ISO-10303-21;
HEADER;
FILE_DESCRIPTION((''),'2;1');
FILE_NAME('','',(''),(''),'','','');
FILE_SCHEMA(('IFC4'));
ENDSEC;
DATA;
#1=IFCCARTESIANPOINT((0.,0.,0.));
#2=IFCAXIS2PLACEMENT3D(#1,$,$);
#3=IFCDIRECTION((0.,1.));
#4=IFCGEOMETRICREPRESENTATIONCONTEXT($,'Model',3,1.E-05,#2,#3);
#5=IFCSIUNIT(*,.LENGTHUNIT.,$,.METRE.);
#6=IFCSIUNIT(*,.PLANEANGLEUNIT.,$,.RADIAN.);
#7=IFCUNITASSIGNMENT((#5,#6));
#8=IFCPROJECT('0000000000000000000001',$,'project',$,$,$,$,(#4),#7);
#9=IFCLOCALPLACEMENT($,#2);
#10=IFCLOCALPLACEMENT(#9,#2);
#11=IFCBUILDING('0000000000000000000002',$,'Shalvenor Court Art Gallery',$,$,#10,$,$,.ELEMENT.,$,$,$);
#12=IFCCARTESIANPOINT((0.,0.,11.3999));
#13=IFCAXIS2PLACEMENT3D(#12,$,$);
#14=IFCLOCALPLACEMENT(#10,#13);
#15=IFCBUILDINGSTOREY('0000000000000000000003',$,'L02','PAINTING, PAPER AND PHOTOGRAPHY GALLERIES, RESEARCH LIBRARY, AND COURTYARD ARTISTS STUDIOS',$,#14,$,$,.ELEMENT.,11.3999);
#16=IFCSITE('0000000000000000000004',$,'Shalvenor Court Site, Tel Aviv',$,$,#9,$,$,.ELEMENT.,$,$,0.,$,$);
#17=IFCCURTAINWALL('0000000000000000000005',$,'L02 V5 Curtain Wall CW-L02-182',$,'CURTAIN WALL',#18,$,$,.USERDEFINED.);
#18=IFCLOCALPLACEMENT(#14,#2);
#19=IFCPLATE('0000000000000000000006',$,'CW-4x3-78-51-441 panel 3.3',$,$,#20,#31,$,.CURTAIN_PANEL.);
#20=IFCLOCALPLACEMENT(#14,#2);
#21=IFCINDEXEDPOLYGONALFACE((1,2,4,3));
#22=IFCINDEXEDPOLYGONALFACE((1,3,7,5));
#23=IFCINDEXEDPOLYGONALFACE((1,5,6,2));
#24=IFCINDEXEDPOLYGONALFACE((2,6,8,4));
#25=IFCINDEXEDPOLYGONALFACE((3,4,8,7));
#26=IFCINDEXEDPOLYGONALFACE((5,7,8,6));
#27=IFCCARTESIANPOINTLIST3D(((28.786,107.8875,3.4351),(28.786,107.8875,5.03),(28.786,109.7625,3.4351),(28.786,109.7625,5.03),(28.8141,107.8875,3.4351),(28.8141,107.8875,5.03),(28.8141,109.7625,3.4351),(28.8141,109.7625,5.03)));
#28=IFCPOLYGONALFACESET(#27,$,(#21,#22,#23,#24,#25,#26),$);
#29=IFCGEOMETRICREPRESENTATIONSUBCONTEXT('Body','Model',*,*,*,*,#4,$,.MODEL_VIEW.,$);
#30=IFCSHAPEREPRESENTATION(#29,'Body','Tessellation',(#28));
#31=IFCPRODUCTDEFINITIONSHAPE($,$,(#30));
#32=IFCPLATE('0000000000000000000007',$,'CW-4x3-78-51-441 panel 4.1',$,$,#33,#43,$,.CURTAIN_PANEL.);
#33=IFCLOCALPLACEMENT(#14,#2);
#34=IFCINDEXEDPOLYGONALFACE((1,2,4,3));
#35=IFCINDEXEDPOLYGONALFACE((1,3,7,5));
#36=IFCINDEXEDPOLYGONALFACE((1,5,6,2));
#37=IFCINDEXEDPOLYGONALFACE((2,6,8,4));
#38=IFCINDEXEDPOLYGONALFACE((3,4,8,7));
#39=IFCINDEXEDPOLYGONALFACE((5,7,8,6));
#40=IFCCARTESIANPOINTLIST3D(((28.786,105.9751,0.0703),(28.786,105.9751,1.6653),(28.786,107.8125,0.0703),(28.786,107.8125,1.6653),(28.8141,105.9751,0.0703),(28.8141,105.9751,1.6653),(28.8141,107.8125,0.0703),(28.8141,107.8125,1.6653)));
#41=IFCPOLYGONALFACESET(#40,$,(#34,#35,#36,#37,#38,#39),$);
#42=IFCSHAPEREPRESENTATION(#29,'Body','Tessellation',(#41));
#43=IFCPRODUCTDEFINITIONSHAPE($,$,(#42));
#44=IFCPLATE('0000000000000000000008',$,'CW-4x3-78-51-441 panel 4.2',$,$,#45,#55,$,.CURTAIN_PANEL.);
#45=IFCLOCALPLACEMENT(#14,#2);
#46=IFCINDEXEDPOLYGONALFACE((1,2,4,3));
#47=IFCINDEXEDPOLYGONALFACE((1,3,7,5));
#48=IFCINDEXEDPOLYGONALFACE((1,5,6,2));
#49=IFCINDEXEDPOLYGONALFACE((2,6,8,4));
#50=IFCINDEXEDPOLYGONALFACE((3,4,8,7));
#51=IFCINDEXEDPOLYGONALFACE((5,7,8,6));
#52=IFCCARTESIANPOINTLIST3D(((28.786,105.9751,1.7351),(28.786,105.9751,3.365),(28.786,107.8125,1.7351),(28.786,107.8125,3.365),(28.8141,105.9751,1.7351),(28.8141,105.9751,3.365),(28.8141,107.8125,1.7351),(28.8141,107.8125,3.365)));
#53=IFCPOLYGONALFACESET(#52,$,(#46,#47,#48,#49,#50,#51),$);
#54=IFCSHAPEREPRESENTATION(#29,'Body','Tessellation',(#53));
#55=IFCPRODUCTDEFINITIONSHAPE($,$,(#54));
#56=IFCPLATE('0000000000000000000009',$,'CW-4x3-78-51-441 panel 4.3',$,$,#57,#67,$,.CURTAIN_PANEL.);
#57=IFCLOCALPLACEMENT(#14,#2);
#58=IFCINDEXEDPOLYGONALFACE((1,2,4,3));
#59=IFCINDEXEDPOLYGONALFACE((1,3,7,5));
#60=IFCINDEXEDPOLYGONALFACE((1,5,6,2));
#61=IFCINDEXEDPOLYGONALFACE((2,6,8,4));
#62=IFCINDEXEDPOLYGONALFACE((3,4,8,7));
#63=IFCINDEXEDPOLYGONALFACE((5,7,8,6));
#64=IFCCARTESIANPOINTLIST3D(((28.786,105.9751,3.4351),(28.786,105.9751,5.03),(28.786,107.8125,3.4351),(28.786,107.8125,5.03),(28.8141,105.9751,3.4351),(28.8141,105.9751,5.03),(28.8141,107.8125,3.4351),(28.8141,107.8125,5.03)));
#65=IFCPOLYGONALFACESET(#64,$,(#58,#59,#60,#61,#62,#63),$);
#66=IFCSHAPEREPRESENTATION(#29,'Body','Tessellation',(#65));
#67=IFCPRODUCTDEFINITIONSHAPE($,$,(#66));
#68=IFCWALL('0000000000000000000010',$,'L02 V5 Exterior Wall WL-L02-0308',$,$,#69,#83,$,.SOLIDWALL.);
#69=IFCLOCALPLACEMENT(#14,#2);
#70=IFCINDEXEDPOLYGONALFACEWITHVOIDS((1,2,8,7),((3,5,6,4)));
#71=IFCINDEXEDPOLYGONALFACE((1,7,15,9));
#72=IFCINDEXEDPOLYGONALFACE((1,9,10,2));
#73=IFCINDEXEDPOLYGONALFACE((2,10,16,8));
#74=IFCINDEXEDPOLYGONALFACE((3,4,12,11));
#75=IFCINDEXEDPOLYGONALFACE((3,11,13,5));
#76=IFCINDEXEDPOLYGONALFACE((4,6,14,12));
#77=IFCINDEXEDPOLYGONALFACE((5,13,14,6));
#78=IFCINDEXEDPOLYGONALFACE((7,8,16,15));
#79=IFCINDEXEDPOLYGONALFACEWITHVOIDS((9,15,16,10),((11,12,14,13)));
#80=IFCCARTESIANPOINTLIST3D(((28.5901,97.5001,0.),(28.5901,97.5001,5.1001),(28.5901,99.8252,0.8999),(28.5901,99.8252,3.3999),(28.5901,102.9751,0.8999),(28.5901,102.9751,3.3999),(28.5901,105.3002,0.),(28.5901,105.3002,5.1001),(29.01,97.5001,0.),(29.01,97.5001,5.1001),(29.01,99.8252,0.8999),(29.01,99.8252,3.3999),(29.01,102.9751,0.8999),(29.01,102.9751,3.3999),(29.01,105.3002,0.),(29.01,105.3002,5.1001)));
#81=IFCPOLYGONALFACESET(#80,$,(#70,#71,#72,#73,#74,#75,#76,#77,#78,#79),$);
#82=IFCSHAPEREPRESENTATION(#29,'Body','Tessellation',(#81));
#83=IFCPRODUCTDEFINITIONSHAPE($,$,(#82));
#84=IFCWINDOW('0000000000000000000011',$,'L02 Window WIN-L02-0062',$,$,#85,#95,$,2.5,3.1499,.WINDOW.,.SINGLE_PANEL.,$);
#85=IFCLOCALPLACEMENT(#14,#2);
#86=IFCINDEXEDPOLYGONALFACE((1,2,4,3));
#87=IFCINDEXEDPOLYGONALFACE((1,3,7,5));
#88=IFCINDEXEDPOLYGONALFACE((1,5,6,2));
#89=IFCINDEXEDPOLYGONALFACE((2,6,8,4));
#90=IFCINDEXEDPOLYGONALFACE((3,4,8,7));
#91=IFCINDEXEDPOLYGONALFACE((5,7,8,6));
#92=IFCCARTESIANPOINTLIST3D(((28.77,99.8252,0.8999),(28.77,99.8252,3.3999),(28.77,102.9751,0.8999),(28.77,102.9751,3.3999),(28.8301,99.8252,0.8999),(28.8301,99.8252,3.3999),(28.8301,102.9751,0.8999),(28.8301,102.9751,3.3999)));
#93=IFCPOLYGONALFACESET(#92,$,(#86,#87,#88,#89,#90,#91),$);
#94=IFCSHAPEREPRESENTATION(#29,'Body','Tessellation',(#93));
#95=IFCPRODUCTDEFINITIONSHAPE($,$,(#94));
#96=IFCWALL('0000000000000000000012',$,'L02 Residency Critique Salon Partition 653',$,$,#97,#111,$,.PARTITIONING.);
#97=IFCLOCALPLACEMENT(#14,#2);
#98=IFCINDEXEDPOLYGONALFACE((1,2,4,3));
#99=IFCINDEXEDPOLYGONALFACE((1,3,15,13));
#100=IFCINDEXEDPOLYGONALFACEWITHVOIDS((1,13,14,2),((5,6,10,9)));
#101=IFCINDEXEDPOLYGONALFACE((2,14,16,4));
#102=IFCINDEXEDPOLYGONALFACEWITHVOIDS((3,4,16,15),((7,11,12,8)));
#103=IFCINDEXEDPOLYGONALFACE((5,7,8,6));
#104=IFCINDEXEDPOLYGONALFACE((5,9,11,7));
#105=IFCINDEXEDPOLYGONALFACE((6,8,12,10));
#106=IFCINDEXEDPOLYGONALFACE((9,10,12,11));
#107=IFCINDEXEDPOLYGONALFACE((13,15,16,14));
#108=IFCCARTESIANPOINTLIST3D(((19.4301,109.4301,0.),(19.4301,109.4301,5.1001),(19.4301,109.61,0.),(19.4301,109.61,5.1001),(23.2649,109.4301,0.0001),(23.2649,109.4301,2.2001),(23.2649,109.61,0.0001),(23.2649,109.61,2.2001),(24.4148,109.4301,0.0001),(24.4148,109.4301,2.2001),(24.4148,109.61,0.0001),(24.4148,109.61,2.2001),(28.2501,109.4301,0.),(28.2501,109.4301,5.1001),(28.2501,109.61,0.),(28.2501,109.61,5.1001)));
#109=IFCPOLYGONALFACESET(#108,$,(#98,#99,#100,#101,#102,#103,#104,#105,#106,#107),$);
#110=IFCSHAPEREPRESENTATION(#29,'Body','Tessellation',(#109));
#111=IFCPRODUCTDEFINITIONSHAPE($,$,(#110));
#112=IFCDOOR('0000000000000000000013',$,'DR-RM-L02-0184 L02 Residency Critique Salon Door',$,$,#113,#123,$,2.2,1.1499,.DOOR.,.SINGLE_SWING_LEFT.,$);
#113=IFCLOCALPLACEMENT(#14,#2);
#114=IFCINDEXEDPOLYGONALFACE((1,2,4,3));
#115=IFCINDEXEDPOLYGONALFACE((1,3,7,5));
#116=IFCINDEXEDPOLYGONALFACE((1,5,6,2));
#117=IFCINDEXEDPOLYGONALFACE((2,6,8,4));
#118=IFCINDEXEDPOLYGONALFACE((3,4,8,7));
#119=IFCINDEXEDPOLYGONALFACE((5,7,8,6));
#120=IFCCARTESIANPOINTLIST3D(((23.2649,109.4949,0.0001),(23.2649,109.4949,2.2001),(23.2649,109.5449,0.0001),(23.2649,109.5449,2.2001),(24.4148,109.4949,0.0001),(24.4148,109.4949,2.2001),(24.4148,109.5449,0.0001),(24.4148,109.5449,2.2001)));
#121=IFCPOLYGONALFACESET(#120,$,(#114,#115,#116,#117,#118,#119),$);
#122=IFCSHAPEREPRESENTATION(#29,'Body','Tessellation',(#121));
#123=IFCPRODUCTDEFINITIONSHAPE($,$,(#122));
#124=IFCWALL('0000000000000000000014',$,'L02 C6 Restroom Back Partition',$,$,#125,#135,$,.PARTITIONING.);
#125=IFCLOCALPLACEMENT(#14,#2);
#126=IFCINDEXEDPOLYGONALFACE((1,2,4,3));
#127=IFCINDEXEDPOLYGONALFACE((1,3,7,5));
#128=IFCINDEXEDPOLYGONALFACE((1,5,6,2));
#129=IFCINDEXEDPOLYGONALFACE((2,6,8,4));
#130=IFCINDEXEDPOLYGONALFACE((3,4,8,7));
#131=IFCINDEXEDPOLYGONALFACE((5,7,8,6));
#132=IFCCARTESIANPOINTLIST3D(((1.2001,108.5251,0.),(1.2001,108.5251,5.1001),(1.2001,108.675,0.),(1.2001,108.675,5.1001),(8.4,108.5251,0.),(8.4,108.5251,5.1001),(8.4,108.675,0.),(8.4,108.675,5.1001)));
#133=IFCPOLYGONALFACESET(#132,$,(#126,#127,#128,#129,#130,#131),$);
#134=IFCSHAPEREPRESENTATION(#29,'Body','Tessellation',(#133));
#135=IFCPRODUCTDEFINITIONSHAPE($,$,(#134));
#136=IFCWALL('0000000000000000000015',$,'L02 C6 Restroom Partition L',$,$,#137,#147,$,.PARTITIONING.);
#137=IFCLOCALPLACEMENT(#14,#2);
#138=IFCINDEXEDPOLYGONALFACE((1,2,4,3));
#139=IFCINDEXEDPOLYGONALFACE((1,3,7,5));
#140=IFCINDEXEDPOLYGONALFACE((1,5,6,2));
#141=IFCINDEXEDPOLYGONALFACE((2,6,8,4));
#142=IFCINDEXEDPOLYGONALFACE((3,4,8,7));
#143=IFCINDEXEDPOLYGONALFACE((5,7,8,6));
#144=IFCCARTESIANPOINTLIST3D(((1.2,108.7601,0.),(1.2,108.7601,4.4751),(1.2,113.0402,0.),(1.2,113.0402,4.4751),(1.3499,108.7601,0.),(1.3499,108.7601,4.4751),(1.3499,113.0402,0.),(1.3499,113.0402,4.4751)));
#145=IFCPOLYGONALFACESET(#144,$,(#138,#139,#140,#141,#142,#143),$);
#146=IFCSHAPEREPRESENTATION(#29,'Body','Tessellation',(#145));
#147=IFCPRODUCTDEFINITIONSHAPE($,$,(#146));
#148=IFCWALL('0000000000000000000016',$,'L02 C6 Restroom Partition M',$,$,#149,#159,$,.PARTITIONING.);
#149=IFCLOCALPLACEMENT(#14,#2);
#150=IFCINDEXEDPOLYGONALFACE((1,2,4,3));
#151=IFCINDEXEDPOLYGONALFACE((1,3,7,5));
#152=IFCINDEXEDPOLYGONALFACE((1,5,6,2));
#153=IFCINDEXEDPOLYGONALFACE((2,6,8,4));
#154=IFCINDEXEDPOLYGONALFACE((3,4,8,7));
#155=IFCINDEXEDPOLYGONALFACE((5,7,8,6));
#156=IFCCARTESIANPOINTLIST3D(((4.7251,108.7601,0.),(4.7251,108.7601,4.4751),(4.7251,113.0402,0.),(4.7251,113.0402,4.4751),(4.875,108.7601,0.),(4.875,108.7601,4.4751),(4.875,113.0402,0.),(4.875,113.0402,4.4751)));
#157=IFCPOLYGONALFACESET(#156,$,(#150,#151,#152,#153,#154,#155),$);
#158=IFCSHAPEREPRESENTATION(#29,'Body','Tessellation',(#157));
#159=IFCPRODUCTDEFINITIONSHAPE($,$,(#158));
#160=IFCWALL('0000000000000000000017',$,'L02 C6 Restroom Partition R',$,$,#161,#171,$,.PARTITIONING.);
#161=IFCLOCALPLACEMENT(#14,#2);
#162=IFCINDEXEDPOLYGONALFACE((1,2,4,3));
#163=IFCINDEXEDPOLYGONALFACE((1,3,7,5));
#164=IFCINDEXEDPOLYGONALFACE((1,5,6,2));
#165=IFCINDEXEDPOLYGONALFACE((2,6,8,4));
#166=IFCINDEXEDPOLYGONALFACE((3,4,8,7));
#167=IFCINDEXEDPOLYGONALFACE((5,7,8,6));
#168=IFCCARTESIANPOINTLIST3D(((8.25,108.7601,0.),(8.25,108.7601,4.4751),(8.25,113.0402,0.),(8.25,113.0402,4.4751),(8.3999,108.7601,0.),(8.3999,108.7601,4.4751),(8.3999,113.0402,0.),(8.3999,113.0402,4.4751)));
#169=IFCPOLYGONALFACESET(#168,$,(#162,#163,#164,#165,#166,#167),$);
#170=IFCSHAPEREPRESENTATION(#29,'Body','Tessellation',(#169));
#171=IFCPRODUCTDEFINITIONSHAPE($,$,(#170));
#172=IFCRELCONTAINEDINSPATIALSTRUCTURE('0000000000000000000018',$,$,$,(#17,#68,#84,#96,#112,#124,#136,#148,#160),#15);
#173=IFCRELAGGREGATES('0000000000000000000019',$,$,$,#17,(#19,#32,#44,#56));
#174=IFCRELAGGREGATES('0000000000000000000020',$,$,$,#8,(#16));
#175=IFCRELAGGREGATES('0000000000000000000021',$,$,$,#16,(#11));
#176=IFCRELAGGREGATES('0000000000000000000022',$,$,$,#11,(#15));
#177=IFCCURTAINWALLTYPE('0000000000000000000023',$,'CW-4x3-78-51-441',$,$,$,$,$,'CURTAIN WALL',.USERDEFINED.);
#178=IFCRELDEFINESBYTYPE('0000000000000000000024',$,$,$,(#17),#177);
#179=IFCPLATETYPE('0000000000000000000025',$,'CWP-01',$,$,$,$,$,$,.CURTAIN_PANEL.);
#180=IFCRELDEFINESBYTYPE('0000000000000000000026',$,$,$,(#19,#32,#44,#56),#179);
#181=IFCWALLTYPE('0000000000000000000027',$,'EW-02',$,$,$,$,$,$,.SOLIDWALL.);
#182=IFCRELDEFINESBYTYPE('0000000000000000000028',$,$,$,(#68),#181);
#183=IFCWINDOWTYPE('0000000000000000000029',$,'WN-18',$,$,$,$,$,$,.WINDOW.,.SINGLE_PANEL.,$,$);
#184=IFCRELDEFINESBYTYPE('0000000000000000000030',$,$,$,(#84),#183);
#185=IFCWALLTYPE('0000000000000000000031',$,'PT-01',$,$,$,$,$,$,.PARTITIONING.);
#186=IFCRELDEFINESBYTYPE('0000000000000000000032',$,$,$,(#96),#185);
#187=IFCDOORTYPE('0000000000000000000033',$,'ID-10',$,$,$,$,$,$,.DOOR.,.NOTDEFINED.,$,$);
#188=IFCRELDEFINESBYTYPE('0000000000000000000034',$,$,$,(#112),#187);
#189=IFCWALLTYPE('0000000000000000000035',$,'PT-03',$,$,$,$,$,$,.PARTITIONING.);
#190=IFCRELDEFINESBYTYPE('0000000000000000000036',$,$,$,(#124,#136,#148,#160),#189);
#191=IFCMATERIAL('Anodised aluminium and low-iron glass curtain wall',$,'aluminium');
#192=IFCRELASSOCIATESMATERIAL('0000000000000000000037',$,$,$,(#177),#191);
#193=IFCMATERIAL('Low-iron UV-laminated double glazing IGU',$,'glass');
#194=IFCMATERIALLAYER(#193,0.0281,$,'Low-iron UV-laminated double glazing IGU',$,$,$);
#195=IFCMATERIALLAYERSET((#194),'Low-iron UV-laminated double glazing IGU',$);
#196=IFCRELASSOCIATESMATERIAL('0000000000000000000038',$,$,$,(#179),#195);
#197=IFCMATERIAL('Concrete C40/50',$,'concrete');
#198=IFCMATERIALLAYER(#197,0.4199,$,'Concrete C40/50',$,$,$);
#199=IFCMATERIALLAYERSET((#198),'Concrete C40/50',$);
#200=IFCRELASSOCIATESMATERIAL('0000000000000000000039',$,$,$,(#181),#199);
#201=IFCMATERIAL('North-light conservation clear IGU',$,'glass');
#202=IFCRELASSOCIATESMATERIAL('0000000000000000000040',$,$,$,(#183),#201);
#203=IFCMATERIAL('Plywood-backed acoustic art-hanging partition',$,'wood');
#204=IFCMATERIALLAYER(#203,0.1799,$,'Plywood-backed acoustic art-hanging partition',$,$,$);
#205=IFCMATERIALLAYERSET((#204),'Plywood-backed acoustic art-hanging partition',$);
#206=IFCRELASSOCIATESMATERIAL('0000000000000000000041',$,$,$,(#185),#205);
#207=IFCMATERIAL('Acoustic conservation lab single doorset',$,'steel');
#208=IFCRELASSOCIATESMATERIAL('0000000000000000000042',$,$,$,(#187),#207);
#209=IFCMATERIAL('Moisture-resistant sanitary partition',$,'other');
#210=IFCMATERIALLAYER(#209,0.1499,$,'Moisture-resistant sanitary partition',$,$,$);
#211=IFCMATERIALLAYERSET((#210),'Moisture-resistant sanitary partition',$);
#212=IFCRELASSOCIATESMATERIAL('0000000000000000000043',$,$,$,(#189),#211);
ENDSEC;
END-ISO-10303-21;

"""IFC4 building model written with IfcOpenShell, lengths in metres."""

from ifc_helpers import new_model, si_unit, direction, frame, frame_2d, origin, origin_2d, place, context, subcontext, project, spatial, rectangle, extrude, material, layer, layer_set, type_object, element, fill, aggregate, save


model = new_model("IFC4")

# Units and contexts
model_context = context("Model", 3, precision=1e-05, world=origin(), true_north=direction((0.0, 1.0)))
body_context = subcontext(model_context, "Body", "Model", "MODEL_VIEW")
ifc_project = project(units=[si_unit("LENGTHUNIT", "METRE"), si_unit("PLANEANGLEUNIT", "RADIAN")], contexts=[model_context])

# Site, building, storey
site_placement = place(None, origin())
site = spatial("IfcSite", under=ifc_project, at=site_placement, Name="Shalvenor Court Site, Tel Aviv", CompositionType="ELEMENT", RefElevation=0.0)
building_placement = place(site_placement, origin())
building = spatial("IfcBuilding", under=site, at=building_placement, Name="Shalvenor Court Art Gallery", CompositionType="ELEMENT")
storey_placement = place(building_placement, frame((0.0, 0.0, 11.3999)))
storey = spatial("IfcBuildingStorey", under=building, at=storey_placement, Name="L02", Description="PAINTING, PAPER AND PHOTOGRAPHY GALLERIES, RESEARCH LIBRARY, AND COURTYARD ARTISTS STUDIOS", CompositionType="ELEMENT", Elevation=11.3999)

# Curtain wall
ifc_material_1 = material(Name="Anodised aluminium and low-iron glass curtain wall", Category="aluminium")
curtain_wall_type = type_object("IfcCurtainWallType", Name="CW-4x3-78-51-441", ElementType="CURTAIN WALL", PredefinedType="USERDEFINED", material=ifc_material_1)
curtain_wall_placement = place(storey_placement, origin())
curtain_wall = element("IfcCurtainWall", 1, at=curtain_wall_placement, inside=storey, type_object=curtain_wall_type, Name="L02 V5 Curtain Wall CW-L02-182", ObjectType="CURTAIN WALL", PredefinedType="USERDEFINED")

# Plates
ifc_material_2 = material(Name="Low-iron UV-laminated double glazing IGU", Category="glass")
ifc_layer_1 = layer(ifc_material_2, 0.0281, Name="Low-iron UV-laminated double glazing IGU")
ifc_layer_set_1 = layer_set([ifc_layer_1], Name="Low-iron UV-laminated double glazing IGU")
plate_type = type_object("IfcPlateType", Name="CWP-01", PredefinedType="CURTAIN_PANEL", material=ifc_layer_set_1)
plate_1_placement = place(storey_placement, frame((28.8, 108.825, 3.4351), z_axis=(0.0, 0.0, 1.0), x_axis=(0.0, -1.0, 0.0)))
plate_1 = element("IfcPlate", 2, at=plate_1_placement, type_object=plate_type, Name="CW-4x3-78-51-441 panel 3.3", PredefinedType="CURTAIN_PANEL", context=body_context, shape_type="SweptSolid", body=[
    extrude(rectangle(XDim=1.875, YDim=0.0281, at=origin_2d()), origin(), (0.0, 0.0, 1.0), 1.595),
])
plate_2_placement = place(storey_placement, frame((28.8, 106.8938, 0.0703), z_axis=(0.0, 0.0, 1.0), x_axis=(0.0, -1.0, 0.0)))
plate_2 = element("IfcPlate", 3, at=plate_2_placement, type_object=plate_type, Name="CW-4x3-78-51-441 panel 4.1", PredefinedType="CURTAIN_PANEL", context=body_context, shape_type="SweptSolid", body=[
    extrude(rectangle(XDim=1.8374, YDim=0.0281, at=origin_2d()), origin(), (0.0, 0.0, 1.0), 1.595),
])
plate_3_placement = place(storey_placement, frame((28.8, 106.8938, 1.7351), z_axis=(0.0, 0.0, 1.0), x_axis=(0.0, -1.0, 0.0)))
plate_3 = element("IfcPlate", 4, at=plate_3_placement, type_object=plate_type, Name="CW-4x3-78-51-441 panel 4.2", PredefinedType="CURTAIN_PANEL", context=body_context, shape_type="SweptSolid", body=[
    extrude(rectangle(XDim=1.8374, YDim=0.0281, at=origin_2d()), origin(), (0.0, 0.0, 1.0), 1.6299),
])
plate_4_placement = place(storey_placement, frame((28.8, 106.8938, 3.4351), z_axis=(0.0, 0.0, 1.0), x_axis=(0.0, -1.0, 0.0)))
plate_4 = element("IfcPlate", 5, at=plate_4_placement, type_object=plate_type, Name="CW-4x3-78-51-441 panel 4.3", PredefinedType="CURTAIN_PANEL", context=body_context, shape_type="SweptSolid", body=[
    extrude(rectangle(XDim=1.8374, YDim=0.0281, at=origin_2d()), origin(), (0.0, 0.0, 1.0), 1.595),
])
aggregate(curtain_wall, [plate_1, plate_2, plate_3, plate_4])

# Wall, opening, window
ifc_material_3 = material(Name="Concrete C40/50", Category="concrete")
ifc_layer_2 = layer(ifc_material_3, 0.4199, Name="Concrete C40/50")
ifc_layer_set_2 = layer_set([ifc_layer_2], Name="Concrete C40/50")
wall_type_1 = type_object("IfcWallType", Name="EW-02", PredefinedType="SOLIDWALL", material=ifc_layer_set_2)
wall_1_placement = place(storey_placement, frame((28.8, 105.3, 0.0), z_axis=(0.0, 0.0, 1.0), x_axis=(0.0, -1.0, 0.0)))
wall_1 = element("IfcWall", 6, at=wall_1_placement, inside=storey, type_object=wall_type_1, Name="L02 V5 Exterior Wall WL-L02-0308", PredefinedType="SOLIDWALL", context=body_context, shape_type="SweptSolid", body=[
    extrude(rectangle(XDim=7.8, YDim=0.4199, at=frame_2d((3.8999, 0.0))), origin(), (0.0, 0.0, 1.0), 5.1001),
])
opening_1_placement = place(wall_1_placement, frame((2.325, 0.0, 0.8999)))
opening_1 = element("IfcOpeningElement", 7, at=opening_1_placement, cuts=wall_1, PredefinedType="OPENING", context=body_context, shape_type="SweptSolid", body=[
    extrude(rectangle(XDim=3.1499, YDim=2.5, at=frame_2d((1.575, 1.25))), frame((0.0, 0.22, 0.0), z_axis=(0.0, -1.0, 0.0), x_axis=(1.0, 0.0, 0.0)), (0.0, 0.0, 1.0), 0.4399),
])
ifc_material_4 = material(Name="North-light conservation clear IGU", Category="glass")
window_type = type_object("IfcWindowType", Name="WN-18", PartitioningType="SINGLE_PANEL", PredefinedType="WINDOW", material=ifc_material_4)
window_placement = place(opening_1_placement, origin())
window = element("IfcWindow", 8, at=window_placement, inside=storey, type_object=window_type, Name="L02 Window WIN-L02-0062", OverallHeight=2.5, OverallWidth=3.1499, PartitioningType="SINGLE_PANEL", PredefinedType="WINDOW", context=body_context, shape_type="SweptSolid", body=[
    extrude(rectangle(XDim=3.1499, YDim=2.5, at=frame_2d((1.575, 1.25))), frame((0.0, 0.03, 0.0), z_axis=(0.0, -1.0, 0.0), x_axis=(1.0, 0.0, 0.0)), (0.0, 0.0, 1.0), 0.0601),
])
fill(opening_1, window)

# Wall, opening, door
ifc_material_5 = material(Name="Plywood-backed acoustic art-hanging partition", Category="wood")
ifc_layer_3 = layer(ifc_material_5, 0.1799, Name="Plywood-backed acoustic art-hanging partition")
ifc_layer_set_3 = layer_set([ifc_layer_3], Name="Plywood-backed acoustic art-hanging partition")
wall_type_2 = type_object("IfcWallType", Name="PT-01", PredefinedType="PARTITIONING", material=ifc_layer_set_3)
wall_2_placement = place(storey_placement, frame((19.4299, 109.52, 0.0), z_axis=(0.0, 0.0, 1.0), x_axis=(1.0, 0.0, 0.0)))
wall_2 = element("IfcWall", 9, at=wall_2_placement, inside=storey, type_object=wall_type_2, Name="L02 Residency Critique Salon Partition 653", PredefinedType="PARTITIONING", context=body_context, shape_type="SweptSolid", body=[
    extrude(rectangle(XDim=8.8201, YDim=0.1799, at=frame_2d((4.4102, 0.0))), origin(), (0.0, 0.0, 1.0), 5.1001),
])
opening_2_placement = place(wall_2_placement, frame((3.835, 0.0, 0.0)))
opening_2 = element("IfcOpeningElement", 10, at=opening_2_placement, cuts=wall_2, PredefinedType="OPENING", context=body_context, shape_type="SweptSolid", body=[
    extrude(rectangle(XDim=1.1499, YDim=2.2, at=frame_2d((0.575, 1.1001))), frame((0.0, 0.0999, 0.0), z_axis=(0.0, -1.0, 0.0), x_axis=(1.0, 0.0, 0.0)), (0.0, 0.0, 1.0), 0.2),
])
ifc_material_6 = material(Name="Acoustic conservation lab single doorset", Category="steel")
door_type_1 = type_object("IfcDoorType", Name="ID-10", OperationType="NOTDEFINED", PredefinedType="DOOR", material=ifc_material_6)
door_1_placement = place(opening_2_placement, origin())
door_1 = element("IfcDoor", 11, at=door_1_placement, inside=storey, type_object=door_type_1, Name="DR-RM-L02-0184 L02 Residency Critique Salon Door", OperationType="SINGLE_SWING_LEFT", OverallHeight=2.2, OverallWidth=1.1499, PredefinedType="DOOR", context=body_context, shape_type="SweptSolid", body=[
    extrude(rectangle(XDim=1.1499, YDim=2.2, at=frame_2d((0.575, 1.1001))), frame((0.0, 0.0249, 0.0), z_axis=(0.0, -1.0, 0.0), x_axis=(1.0, 0.0, 0.0)), (0.0, 0.0, 1.0), 0.05),
])
fill(opening_2, door_1)

# Walls
ifc_material_7 = material(Name="Moisture-resistant sanitary partition", Category="other")
ifc_layer_4 = layer(ifc_material_7, 0.1499, Name="Moisture-resistant sanitary partition")
ifc_layer_set_4 = layer_set([ifc_layer_4], Name="Moisture-resistant sanitary partition")
wall_type_3 = type_object("IfcWallType", Name="PT-03", PredefinedType="PARTITIONING", material=ifc_layer_set_4)
wall_3_placement = place(storey_placement, frame((1.2, 108.6001, 0.0), z_axis=(0.0, 0.0, 1.0), x_axis=(1.0, 0.0, 0.0)))
element("IfcWall", 12, at=wall_3_placement, inside=storey, type_object=wall_type_3, Name="L02 C6 Restroom Back Partition", PredefinedType="PARTITIONING", context=body_context, shape_type="SweptSolid", body=[
    extrude(rectangle(XDim=7.2, YDim=0.1499, at=frame_2d((3.6001, 0.0))), origin(), (0.0, 0.0, 1.0), 5.1001),
])
for number, where, z_axis, x_axis, name in (
    (13, (1.2749, 108.76, 0.0), (0.0, 0.0, 1.0), (0.0, 1.0, 0.0), "L02 C6 Restroom Partition L"),
    (14, (4.8, 108.76, 0.0), (0.0, 0.0, 1.0), (0.0, 1.0, 0.0), "L02 C6 Restroom Partition M"),
    (15, (8.325, 108.76, 0.0), (0.0, 0.0, 1.0), (0.0, 1.0, 0.0), "L02 C6 Restroom Partition R"),
):
    element("IfcWall", number, at=place(storey_placement, frame(where, z_axis=z_axis, x_axis=x_axis)), inside=storey, type_object=wall_type_3, Name=name, PredefinedType="PARTITIONING", context=body_context, shape_type="SweptSolid", body=[
        extrude(rectangle(XDim=4.28, YDim=0.1499, at=frame_2d((2.1401, 0.0))), origin(), (0.0, 0.0, 1.0), 4.4751),
    ])

save(model, "model.ifc")
